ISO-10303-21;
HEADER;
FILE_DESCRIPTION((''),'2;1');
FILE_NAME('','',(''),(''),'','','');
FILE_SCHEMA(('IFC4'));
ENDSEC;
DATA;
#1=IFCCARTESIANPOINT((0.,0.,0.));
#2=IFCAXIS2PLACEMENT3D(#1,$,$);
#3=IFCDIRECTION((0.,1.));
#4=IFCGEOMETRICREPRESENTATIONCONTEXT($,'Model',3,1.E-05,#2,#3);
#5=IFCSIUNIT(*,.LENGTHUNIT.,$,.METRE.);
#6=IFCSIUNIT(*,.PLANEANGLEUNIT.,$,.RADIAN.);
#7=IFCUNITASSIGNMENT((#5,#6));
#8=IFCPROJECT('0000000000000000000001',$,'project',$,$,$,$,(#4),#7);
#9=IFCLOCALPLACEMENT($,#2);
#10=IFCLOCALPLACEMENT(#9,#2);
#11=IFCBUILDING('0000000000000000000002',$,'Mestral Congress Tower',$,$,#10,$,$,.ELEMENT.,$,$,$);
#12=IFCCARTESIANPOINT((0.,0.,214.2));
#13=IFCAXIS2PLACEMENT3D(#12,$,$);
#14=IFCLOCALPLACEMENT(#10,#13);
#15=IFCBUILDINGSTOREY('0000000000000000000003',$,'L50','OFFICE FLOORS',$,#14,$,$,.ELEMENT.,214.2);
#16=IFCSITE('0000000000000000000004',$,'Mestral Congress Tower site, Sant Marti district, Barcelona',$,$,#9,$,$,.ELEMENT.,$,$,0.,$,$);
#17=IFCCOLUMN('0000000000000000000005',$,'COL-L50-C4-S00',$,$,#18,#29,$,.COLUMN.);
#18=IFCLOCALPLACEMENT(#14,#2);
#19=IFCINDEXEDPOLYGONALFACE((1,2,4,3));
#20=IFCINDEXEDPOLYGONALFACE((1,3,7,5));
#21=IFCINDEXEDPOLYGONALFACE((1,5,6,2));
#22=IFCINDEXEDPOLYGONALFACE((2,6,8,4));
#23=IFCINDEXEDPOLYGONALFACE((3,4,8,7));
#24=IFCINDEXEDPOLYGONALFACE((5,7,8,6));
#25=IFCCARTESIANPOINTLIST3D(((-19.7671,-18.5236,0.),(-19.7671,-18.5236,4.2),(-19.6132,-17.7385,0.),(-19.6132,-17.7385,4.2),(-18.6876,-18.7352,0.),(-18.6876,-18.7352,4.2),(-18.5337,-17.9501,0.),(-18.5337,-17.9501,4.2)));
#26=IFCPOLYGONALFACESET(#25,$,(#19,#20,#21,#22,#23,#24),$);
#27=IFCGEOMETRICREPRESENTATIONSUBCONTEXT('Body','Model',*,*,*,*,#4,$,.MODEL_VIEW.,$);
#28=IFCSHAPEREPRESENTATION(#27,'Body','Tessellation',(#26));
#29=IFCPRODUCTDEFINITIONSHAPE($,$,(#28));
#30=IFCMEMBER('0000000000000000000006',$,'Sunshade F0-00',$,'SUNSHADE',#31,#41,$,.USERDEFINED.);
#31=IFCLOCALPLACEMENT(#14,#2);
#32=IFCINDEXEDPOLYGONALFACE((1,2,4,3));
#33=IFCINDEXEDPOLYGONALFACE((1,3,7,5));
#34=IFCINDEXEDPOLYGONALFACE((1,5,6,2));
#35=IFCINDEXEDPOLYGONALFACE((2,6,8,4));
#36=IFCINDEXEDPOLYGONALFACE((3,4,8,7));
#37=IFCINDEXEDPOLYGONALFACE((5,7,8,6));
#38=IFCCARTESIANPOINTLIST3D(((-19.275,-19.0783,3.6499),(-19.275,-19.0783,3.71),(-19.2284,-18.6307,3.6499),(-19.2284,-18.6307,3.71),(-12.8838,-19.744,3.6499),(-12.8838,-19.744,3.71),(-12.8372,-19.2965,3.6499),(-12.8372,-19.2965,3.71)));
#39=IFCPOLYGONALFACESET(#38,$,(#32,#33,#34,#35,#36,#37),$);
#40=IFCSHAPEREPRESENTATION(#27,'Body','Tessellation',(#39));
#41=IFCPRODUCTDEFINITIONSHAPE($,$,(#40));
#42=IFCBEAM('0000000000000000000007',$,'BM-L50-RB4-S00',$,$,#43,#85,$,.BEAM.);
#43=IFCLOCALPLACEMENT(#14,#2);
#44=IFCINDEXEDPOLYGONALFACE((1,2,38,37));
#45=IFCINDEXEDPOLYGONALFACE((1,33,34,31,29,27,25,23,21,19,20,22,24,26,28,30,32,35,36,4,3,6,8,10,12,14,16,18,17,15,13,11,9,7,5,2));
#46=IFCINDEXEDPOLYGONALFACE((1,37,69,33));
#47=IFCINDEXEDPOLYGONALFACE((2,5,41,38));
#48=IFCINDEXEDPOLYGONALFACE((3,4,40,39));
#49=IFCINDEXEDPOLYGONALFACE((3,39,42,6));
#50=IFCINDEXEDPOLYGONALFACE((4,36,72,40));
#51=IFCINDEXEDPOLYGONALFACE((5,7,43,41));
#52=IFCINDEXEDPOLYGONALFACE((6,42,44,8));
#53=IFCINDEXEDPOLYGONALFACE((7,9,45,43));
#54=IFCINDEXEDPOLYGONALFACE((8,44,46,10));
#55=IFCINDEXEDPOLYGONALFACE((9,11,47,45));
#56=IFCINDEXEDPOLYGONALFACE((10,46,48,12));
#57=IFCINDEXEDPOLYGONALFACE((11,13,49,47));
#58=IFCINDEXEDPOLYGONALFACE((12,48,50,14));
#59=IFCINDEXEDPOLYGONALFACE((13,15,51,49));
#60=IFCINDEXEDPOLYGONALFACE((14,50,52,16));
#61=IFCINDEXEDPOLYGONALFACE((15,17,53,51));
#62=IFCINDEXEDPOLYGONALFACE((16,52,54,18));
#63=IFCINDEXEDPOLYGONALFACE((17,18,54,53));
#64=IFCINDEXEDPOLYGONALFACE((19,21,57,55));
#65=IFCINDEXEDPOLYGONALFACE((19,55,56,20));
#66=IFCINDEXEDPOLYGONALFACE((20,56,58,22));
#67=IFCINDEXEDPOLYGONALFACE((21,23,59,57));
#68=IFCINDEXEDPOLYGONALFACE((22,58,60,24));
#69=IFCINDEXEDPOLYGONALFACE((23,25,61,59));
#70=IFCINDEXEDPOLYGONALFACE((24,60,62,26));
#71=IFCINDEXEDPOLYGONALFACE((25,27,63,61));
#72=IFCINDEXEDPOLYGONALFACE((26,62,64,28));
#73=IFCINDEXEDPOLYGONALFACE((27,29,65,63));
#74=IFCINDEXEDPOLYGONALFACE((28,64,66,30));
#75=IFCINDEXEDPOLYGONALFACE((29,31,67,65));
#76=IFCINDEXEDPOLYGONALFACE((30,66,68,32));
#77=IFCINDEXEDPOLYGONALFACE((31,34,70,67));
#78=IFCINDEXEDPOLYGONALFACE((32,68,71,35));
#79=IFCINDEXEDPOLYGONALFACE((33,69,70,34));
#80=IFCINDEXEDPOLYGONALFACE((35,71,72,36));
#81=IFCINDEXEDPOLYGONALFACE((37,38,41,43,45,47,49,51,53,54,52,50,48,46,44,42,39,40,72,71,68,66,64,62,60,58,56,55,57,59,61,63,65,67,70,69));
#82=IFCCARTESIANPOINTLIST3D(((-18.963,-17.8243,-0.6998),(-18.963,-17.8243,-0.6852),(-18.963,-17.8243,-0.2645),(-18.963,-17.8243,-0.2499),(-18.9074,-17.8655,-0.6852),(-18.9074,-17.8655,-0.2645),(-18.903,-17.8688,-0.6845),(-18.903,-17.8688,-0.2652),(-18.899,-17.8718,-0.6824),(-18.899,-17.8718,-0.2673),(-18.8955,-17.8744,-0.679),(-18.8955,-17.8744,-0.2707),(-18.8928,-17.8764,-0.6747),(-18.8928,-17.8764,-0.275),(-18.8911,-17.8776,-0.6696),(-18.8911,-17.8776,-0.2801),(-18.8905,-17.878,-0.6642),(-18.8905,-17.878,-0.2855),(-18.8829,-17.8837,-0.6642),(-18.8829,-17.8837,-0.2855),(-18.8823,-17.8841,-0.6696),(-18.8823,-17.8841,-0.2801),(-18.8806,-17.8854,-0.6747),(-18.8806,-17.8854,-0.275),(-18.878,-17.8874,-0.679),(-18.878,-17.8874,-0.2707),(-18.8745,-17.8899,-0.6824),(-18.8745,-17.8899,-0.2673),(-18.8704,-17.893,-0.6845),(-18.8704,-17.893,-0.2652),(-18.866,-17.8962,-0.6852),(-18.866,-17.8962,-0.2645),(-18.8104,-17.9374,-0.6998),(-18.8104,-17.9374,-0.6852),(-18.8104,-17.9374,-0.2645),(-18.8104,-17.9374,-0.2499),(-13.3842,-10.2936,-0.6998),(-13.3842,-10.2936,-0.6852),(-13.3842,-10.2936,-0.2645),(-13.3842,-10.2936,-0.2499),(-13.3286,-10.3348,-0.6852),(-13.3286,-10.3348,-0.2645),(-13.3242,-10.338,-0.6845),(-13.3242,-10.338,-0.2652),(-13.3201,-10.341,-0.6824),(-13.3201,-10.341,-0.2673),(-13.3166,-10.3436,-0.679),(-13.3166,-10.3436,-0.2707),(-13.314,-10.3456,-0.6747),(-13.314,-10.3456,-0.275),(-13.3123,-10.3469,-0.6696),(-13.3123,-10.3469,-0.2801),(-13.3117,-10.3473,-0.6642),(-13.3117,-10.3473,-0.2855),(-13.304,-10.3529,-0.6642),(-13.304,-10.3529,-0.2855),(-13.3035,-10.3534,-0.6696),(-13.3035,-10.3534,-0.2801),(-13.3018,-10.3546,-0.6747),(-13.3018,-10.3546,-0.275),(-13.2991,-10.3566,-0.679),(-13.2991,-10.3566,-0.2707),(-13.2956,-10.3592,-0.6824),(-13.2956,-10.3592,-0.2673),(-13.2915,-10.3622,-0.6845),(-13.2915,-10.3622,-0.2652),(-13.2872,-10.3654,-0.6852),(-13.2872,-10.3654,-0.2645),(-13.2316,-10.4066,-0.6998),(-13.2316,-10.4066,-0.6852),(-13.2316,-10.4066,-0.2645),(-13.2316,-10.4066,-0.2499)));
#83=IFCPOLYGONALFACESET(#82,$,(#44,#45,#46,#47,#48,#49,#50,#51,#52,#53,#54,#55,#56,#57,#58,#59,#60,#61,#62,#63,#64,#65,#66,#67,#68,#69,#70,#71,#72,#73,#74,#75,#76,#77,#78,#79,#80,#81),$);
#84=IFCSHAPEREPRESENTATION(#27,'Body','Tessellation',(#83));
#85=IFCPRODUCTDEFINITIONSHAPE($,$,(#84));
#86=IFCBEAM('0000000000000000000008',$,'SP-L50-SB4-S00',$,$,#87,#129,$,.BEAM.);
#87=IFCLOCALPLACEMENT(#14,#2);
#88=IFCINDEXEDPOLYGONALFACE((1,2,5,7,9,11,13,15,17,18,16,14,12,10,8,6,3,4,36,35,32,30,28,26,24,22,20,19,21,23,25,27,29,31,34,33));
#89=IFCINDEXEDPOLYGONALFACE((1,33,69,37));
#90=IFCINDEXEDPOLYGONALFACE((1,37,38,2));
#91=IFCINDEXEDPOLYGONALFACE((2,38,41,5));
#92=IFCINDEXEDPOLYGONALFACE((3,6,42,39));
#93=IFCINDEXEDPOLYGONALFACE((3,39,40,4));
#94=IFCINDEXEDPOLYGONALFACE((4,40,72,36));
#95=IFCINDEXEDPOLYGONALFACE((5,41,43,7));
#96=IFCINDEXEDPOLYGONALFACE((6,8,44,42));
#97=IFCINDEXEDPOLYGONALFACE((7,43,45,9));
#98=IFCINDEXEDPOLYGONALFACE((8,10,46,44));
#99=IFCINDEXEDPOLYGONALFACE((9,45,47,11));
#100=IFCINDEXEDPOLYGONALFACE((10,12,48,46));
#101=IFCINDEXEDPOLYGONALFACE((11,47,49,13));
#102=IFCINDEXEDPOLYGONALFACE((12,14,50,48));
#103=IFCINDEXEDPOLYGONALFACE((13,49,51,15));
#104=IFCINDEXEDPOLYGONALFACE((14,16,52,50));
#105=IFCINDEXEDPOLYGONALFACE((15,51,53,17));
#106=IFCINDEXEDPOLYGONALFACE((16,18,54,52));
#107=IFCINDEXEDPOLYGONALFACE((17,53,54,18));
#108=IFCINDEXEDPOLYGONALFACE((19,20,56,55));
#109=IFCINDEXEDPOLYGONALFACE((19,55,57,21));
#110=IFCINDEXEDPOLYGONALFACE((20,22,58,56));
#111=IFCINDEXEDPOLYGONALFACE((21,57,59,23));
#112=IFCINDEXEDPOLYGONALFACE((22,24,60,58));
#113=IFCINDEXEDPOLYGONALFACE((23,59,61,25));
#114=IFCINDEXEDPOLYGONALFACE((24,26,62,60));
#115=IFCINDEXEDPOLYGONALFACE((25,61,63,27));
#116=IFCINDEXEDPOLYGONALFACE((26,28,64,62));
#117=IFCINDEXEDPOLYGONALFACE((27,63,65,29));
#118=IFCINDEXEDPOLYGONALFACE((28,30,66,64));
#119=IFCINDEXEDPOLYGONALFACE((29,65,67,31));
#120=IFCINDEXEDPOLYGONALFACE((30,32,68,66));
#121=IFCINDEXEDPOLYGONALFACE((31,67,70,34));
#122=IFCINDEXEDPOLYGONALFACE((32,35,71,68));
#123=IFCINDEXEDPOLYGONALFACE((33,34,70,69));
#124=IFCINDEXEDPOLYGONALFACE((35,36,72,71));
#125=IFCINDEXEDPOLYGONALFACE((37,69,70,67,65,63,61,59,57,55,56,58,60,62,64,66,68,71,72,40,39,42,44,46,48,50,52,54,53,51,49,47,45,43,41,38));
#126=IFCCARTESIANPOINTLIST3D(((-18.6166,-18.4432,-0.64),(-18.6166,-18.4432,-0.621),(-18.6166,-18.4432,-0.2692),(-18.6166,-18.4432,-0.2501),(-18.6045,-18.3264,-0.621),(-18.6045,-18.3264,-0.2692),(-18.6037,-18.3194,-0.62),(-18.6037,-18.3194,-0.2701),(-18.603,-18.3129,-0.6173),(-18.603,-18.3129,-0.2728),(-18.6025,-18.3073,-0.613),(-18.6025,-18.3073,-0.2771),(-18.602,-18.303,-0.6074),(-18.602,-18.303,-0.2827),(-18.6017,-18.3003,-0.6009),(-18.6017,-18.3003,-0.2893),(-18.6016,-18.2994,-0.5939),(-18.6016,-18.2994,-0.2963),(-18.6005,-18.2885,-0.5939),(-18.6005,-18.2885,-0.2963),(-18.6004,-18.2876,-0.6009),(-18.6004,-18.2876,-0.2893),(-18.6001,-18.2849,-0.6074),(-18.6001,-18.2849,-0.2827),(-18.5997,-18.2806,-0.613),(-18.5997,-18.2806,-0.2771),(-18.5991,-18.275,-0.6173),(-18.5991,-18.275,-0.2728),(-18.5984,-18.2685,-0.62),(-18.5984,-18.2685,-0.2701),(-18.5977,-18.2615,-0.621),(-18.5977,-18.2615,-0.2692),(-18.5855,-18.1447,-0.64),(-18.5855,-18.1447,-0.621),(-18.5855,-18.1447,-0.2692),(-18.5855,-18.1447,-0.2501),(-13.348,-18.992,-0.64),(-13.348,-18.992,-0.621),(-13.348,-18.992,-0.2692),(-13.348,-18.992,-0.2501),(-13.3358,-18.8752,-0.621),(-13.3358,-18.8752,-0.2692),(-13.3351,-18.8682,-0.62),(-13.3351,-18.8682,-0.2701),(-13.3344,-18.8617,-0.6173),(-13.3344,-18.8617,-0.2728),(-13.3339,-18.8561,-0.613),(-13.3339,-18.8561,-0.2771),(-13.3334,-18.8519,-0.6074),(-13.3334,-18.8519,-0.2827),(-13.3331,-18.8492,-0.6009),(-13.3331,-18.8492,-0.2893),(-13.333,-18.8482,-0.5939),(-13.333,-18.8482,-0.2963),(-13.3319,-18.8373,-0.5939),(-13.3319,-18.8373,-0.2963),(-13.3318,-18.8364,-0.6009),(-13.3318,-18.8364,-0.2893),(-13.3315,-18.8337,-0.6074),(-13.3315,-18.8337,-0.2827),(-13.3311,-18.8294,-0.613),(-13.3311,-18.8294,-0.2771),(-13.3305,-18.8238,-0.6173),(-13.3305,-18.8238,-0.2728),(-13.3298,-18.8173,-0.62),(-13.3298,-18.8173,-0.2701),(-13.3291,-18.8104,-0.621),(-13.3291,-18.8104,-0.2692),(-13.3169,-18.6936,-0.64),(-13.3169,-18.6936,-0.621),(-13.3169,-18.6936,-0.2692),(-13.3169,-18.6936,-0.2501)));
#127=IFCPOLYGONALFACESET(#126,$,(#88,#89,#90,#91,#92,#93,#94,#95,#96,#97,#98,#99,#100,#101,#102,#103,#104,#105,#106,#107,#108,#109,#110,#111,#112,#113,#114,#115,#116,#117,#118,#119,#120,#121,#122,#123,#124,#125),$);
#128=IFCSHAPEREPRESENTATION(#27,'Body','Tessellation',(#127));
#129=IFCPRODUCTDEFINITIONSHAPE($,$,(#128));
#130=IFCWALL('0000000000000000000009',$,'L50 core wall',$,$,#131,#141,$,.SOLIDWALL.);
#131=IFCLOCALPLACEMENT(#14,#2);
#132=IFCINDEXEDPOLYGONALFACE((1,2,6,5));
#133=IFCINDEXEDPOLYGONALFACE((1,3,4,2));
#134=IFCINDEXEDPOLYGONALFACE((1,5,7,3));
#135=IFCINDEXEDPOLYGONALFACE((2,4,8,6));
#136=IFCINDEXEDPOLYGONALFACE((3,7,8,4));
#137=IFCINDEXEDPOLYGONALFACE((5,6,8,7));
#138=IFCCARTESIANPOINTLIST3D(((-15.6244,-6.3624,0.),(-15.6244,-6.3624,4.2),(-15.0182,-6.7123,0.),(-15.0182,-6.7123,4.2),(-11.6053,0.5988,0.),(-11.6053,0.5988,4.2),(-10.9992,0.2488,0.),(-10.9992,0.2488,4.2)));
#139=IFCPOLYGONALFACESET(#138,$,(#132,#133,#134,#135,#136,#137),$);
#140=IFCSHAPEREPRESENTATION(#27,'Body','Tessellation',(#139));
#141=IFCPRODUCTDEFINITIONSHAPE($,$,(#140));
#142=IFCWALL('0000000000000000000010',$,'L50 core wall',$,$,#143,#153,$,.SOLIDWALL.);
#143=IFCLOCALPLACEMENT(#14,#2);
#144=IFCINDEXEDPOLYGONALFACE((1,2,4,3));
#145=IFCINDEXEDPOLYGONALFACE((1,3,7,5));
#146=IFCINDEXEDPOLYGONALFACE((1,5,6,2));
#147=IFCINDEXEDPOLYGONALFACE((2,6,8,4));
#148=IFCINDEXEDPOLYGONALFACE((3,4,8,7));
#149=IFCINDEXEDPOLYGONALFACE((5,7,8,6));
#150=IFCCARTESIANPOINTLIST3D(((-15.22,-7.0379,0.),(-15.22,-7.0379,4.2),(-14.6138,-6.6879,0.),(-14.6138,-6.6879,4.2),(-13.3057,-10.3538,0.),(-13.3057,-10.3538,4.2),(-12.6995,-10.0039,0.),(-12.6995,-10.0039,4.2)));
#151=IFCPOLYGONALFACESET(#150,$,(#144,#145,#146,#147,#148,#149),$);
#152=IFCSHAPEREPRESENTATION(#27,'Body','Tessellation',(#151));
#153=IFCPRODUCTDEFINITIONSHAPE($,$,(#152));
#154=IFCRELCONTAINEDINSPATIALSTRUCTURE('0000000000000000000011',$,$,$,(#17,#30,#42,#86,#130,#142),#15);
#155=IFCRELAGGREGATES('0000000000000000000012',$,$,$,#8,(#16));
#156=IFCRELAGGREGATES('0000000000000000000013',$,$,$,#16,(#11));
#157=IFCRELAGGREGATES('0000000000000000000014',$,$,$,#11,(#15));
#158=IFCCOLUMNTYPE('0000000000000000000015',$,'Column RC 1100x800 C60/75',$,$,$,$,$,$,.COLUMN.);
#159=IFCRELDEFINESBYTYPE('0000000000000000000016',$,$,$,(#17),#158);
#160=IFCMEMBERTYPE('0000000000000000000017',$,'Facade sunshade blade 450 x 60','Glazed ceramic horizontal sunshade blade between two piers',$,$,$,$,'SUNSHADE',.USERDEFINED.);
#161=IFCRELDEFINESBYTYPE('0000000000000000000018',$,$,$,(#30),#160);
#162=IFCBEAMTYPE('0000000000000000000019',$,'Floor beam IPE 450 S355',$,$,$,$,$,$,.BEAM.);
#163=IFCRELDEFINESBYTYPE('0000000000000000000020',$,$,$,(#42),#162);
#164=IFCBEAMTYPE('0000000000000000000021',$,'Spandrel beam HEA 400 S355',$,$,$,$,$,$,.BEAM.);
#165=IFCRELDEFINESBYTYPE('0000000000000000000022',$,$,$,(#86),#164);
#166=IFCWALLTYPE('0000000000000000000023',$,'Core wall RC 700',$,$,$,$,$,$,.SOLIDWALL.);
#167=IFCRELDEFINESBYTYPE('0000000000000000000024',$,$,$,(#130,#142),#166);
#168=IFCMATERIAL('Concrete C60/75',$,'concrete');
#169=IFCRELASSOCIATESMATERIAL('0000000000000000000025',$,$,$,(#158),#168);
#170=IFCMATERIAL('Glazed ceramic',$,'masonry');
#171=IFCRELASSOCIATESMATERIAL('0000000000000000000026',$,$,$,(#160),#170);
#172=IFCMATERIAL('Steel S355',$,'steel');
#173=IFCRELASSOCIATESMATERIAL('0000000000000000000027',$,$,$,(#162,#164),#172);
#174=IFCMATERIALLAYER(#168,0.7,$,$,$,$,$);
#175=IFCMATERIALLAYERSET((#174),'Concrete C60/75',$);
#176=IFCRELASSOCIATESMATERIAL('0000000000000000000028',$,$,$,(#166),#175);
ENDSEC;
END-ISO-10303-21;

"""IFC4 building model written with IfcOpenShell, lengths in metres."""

from ifc_helpers import new_model, si_unit, direction, frame, frame_2d, origin, origin_2d, place, context, subcontext, project, spatial, rectangle, i_section, extrude, material, layer, layer_set, material_profile, profile_set, type_object, element, save


model = new_model("IFC4")

# Units and contexts
model_context = context("Model", 3, precision=1e-05, world=origin(), true_north=direction((0.0, 1.0)))
body_context = subcontext(model_context, "Body", "Model", "MODEL_VIEW")
ifc_project = project(units=[si_unit("LENGTHUNIT", "METRE"), si_unit("PLANEANGLEUNIT", "RADIAN")], contexts=[model_context])

# Site, building, storey
site_placement = place(None, origin())
site = spatial("IfcSite", under=ifc_project, at=site_placement, Name="Mestral Congress Tower site, Sant Marti district, Barcelona", CompositionType="ELEMENT", RefElevation=0.0)
building_placement = place(site_placement, origin())
building = spatial("IfcBuilding", under=site, at=building_placement, Name="Mestral Congress Tower", CompositionType="ELEMENT")
storey_placement = place(building_placement, frame((0.0, 0.0, 214.2)))
storey = spatial("IfcBuildingStorey", under=building, at=storey_placement, Name="L50", Description="OFFICE FLOORS", CompositionType="ELEMENT", Elevation=214.2)

# Column
ifc_material_1 = material(Name="Concrete C60/75", Category="concrete")
ifc_material_profile_1 = material_profile(ifc_material_1, rectangle(XDim=1.1001, YDim=0.8, at=origin_2d()), Name="RC 1100x800")
ifc_profile_set_1 = profile_set([ifc_material_profile_1], Name="Concrete C60/75")
column_type = type_object("IfcColumnType", Name="Column RC 1100x800 C60/75", PredefinedType="COLUMN", material=ifc_profile_set_1)
column_placement = place(storey_placement, frame((-19.1504, -18.2368, 0.0), z_axis=(0.0, 0.0, 1.0), x_axis=(0.981325, -0.192359, 0.0)))
element("IfcColumn", 1, at=column_placement, inside=storey, type_object=column_type, Name="COL-L50-C4-S00", PredefinedType="COLUMN", context=body_context, shape_type="SweptSolid", body=[
    extrude(rectangle(XDim=1.1001, YDim=0.8, at=origin_2d()), origin(), (0.0, 0.0, 1.0), 4.2),
])

# Member
ifc_material_2 = material(Name="Glazed ceramic", Category="masonry")
ifc_material_profile_2 = material_profile(ifc_material_2, rectangle(XDim=0.45, YDim=0.0601, at=origin_2d()), Name="Ceramic blade 450 x 60")
ifc_profile_set_2 = profile_set([ifc_material_profile_2], Name="Glazed ceramic")
member_type = type_object("IfcMemberType", Name="Facade sunshade blade 450 x 60", Description="Glazed ceramic horizontal sunshade blade between two piers", ElementType="SUNSHADE", PredefinedType="USERDEFINED", material=ifc_profile_set_2)
member_placement = place(storey_placement, frame((-19.2517, -18.8545, 3.6799), z_axis=(0.994618, -0.103611, 0.0), x_axis=(0.103611, 0.994618, 0.0)))
element("IfcMember", 2, at=member_placement, inside=storey, type_object=member_type, Name="Sunshade F0-00", ObjectType="SUNSHADE", PredefinedType="USERDEFINED", context=body_context, shape_type="SweptSolid", body=[
    extrude(rectangle(XDim=0.45, YDim=0.0601, at=origin_2d()), origin(), (0.0, 0.0, 1.0), 6.4258),
])

# Beams
ifc_material_3 = material(Name="Steel S355", Category="steel")
ifc_material_profile_3 = material_profile(ifc_material_3, i_section(OverallWidth=0.1899, OverallDepth=0.45, WebThickness=0.0095, FlangeThickness=0.0146, FilletRadius=0.021, at=origin_2d()), Name="IPE 450")
ifc_profile_set_3 = profile_set([ifc_material_profile_3], Name="Steel S355")
beam_type_1 = type_object("IfcBeamType", Name="Floor beam IPE 450 S355", PredefinedType="BEAM", material=ifc_profile_set_3)
beam_1_placement = place(storey_placement, frame((-18.8867, -17.8809, -0.4749), z_axis=(0.595263, 0.803531, 0.0), x_axis=(-0.803531, 0.595263, 0.0)))
element("IfcBeam", 3, at=beam_1_placement, inside=storey, type_object=beam_type_1, Name="BM-L50-RB4-S00", PredefinedType="BEAM", context=body_context, shape_type="SweptSolid", body=[
    extrude(i_section(OverallWidth=0.1899, OverallDepth=0.45, WebThickness=0.0095, FlangeThickness=0.0146, FilletRadius=0.021, at=origin_2d()), origin(), (0.0, 0.0, 1.0), 9.3721),
])
ifc_material_profile_4 = material_profile(ifc_material_3, i_section(OverallWidth=0.3, OverallDepth=0.3899, WebThickness=0.011, FlangeThickness=0.019, FilletRadius=0.0271, at=origin_2d()), Name="HEA 400")
ifc_profile_set_4 = profile_set([ifc_material_profile_4], Name="Steel S355")
beam_type_2 = type_object("IfcBeamType", Name="Spandrel beam HEA 400 S355", PredefinedType="BEAM", material=ifc_profile_set_4)
beam_2_placement = place(storey_placement, frame((-18.6011, -18.2939, -0.4451), z_axis=(0.994618, -0.10361, 0.0), x_axis=(0.10361, 0.994618, 0.0)))
element("IfcBeam", 4, at=beam_2_placement, inside=storey, type_object=beam_type_2, Name="SP-L50-SB4-S00", PredefinedType="BEAM", context=body_context, shape_type="SweptSolid", body=[
    extrude(i_section(OverallWidth=0.3, OverallDepth=0.3899, WebThickness=0.011, FlangeThickness=0.019, FilletRadius=0.0271, at=origin_2d()), origin(), (0.0, 0.0, 1.0), 5.2971),
])

# Walls
ifc_layer_1 = layer(ifc_material_1, 0.7)
ifc_layer_set_1 = layer_set([ifc_layer_1], Name="Concrete C60/75")
wall_type_1 = type_object("IfcWallType", Name="Core wall RC 700", PredefinedType="SOLIDWALL", material=ifc_layer_set_1)
wall_1_placement = place(storey_placement, frame((-15.3213, -6.5374, 0.0), z_axis=(0.0, 0.0, 1.0), x_axis=(0.5, 0.866025, 0.0)))
element("IfcWall", 5, at=wall_1_placement, inside=storey, type_object=wall_type_1, Name="L50 core wall", PredefinedType="SOLIDWALL", context=body_context, shape_type="SweptSolid", body=[
    extrude(rectangle(XDim=8.0381, YDim=0.7, at=frame_2d((4.019, 0.0))), origin(), (0.0, 0.0, 1.0), 4.2),
])
wall_2_placement = place(storey_placement, frame((-14.917, -6.8628, 0.0), z_axis=(0.0, 0.0, 1.0), x_axis=(0.499973, -0.866041, 0.0)))
element("IfcWall", 6, at=wall_2_placement, inside=storey, type_object=wall_type_1, Name="L50 core wall", PredefinedType="SOLIDWALL", context=body_context, shape_type="SweptSolid", body=[
    extrude(rectangle(XDim=3.8289, YDim=0.7, at=frame_2d((1.9146, 0.0))), origin(), (0.0, 0.0, 1.0), 4.2),
])

save(model, "model.ifc")
